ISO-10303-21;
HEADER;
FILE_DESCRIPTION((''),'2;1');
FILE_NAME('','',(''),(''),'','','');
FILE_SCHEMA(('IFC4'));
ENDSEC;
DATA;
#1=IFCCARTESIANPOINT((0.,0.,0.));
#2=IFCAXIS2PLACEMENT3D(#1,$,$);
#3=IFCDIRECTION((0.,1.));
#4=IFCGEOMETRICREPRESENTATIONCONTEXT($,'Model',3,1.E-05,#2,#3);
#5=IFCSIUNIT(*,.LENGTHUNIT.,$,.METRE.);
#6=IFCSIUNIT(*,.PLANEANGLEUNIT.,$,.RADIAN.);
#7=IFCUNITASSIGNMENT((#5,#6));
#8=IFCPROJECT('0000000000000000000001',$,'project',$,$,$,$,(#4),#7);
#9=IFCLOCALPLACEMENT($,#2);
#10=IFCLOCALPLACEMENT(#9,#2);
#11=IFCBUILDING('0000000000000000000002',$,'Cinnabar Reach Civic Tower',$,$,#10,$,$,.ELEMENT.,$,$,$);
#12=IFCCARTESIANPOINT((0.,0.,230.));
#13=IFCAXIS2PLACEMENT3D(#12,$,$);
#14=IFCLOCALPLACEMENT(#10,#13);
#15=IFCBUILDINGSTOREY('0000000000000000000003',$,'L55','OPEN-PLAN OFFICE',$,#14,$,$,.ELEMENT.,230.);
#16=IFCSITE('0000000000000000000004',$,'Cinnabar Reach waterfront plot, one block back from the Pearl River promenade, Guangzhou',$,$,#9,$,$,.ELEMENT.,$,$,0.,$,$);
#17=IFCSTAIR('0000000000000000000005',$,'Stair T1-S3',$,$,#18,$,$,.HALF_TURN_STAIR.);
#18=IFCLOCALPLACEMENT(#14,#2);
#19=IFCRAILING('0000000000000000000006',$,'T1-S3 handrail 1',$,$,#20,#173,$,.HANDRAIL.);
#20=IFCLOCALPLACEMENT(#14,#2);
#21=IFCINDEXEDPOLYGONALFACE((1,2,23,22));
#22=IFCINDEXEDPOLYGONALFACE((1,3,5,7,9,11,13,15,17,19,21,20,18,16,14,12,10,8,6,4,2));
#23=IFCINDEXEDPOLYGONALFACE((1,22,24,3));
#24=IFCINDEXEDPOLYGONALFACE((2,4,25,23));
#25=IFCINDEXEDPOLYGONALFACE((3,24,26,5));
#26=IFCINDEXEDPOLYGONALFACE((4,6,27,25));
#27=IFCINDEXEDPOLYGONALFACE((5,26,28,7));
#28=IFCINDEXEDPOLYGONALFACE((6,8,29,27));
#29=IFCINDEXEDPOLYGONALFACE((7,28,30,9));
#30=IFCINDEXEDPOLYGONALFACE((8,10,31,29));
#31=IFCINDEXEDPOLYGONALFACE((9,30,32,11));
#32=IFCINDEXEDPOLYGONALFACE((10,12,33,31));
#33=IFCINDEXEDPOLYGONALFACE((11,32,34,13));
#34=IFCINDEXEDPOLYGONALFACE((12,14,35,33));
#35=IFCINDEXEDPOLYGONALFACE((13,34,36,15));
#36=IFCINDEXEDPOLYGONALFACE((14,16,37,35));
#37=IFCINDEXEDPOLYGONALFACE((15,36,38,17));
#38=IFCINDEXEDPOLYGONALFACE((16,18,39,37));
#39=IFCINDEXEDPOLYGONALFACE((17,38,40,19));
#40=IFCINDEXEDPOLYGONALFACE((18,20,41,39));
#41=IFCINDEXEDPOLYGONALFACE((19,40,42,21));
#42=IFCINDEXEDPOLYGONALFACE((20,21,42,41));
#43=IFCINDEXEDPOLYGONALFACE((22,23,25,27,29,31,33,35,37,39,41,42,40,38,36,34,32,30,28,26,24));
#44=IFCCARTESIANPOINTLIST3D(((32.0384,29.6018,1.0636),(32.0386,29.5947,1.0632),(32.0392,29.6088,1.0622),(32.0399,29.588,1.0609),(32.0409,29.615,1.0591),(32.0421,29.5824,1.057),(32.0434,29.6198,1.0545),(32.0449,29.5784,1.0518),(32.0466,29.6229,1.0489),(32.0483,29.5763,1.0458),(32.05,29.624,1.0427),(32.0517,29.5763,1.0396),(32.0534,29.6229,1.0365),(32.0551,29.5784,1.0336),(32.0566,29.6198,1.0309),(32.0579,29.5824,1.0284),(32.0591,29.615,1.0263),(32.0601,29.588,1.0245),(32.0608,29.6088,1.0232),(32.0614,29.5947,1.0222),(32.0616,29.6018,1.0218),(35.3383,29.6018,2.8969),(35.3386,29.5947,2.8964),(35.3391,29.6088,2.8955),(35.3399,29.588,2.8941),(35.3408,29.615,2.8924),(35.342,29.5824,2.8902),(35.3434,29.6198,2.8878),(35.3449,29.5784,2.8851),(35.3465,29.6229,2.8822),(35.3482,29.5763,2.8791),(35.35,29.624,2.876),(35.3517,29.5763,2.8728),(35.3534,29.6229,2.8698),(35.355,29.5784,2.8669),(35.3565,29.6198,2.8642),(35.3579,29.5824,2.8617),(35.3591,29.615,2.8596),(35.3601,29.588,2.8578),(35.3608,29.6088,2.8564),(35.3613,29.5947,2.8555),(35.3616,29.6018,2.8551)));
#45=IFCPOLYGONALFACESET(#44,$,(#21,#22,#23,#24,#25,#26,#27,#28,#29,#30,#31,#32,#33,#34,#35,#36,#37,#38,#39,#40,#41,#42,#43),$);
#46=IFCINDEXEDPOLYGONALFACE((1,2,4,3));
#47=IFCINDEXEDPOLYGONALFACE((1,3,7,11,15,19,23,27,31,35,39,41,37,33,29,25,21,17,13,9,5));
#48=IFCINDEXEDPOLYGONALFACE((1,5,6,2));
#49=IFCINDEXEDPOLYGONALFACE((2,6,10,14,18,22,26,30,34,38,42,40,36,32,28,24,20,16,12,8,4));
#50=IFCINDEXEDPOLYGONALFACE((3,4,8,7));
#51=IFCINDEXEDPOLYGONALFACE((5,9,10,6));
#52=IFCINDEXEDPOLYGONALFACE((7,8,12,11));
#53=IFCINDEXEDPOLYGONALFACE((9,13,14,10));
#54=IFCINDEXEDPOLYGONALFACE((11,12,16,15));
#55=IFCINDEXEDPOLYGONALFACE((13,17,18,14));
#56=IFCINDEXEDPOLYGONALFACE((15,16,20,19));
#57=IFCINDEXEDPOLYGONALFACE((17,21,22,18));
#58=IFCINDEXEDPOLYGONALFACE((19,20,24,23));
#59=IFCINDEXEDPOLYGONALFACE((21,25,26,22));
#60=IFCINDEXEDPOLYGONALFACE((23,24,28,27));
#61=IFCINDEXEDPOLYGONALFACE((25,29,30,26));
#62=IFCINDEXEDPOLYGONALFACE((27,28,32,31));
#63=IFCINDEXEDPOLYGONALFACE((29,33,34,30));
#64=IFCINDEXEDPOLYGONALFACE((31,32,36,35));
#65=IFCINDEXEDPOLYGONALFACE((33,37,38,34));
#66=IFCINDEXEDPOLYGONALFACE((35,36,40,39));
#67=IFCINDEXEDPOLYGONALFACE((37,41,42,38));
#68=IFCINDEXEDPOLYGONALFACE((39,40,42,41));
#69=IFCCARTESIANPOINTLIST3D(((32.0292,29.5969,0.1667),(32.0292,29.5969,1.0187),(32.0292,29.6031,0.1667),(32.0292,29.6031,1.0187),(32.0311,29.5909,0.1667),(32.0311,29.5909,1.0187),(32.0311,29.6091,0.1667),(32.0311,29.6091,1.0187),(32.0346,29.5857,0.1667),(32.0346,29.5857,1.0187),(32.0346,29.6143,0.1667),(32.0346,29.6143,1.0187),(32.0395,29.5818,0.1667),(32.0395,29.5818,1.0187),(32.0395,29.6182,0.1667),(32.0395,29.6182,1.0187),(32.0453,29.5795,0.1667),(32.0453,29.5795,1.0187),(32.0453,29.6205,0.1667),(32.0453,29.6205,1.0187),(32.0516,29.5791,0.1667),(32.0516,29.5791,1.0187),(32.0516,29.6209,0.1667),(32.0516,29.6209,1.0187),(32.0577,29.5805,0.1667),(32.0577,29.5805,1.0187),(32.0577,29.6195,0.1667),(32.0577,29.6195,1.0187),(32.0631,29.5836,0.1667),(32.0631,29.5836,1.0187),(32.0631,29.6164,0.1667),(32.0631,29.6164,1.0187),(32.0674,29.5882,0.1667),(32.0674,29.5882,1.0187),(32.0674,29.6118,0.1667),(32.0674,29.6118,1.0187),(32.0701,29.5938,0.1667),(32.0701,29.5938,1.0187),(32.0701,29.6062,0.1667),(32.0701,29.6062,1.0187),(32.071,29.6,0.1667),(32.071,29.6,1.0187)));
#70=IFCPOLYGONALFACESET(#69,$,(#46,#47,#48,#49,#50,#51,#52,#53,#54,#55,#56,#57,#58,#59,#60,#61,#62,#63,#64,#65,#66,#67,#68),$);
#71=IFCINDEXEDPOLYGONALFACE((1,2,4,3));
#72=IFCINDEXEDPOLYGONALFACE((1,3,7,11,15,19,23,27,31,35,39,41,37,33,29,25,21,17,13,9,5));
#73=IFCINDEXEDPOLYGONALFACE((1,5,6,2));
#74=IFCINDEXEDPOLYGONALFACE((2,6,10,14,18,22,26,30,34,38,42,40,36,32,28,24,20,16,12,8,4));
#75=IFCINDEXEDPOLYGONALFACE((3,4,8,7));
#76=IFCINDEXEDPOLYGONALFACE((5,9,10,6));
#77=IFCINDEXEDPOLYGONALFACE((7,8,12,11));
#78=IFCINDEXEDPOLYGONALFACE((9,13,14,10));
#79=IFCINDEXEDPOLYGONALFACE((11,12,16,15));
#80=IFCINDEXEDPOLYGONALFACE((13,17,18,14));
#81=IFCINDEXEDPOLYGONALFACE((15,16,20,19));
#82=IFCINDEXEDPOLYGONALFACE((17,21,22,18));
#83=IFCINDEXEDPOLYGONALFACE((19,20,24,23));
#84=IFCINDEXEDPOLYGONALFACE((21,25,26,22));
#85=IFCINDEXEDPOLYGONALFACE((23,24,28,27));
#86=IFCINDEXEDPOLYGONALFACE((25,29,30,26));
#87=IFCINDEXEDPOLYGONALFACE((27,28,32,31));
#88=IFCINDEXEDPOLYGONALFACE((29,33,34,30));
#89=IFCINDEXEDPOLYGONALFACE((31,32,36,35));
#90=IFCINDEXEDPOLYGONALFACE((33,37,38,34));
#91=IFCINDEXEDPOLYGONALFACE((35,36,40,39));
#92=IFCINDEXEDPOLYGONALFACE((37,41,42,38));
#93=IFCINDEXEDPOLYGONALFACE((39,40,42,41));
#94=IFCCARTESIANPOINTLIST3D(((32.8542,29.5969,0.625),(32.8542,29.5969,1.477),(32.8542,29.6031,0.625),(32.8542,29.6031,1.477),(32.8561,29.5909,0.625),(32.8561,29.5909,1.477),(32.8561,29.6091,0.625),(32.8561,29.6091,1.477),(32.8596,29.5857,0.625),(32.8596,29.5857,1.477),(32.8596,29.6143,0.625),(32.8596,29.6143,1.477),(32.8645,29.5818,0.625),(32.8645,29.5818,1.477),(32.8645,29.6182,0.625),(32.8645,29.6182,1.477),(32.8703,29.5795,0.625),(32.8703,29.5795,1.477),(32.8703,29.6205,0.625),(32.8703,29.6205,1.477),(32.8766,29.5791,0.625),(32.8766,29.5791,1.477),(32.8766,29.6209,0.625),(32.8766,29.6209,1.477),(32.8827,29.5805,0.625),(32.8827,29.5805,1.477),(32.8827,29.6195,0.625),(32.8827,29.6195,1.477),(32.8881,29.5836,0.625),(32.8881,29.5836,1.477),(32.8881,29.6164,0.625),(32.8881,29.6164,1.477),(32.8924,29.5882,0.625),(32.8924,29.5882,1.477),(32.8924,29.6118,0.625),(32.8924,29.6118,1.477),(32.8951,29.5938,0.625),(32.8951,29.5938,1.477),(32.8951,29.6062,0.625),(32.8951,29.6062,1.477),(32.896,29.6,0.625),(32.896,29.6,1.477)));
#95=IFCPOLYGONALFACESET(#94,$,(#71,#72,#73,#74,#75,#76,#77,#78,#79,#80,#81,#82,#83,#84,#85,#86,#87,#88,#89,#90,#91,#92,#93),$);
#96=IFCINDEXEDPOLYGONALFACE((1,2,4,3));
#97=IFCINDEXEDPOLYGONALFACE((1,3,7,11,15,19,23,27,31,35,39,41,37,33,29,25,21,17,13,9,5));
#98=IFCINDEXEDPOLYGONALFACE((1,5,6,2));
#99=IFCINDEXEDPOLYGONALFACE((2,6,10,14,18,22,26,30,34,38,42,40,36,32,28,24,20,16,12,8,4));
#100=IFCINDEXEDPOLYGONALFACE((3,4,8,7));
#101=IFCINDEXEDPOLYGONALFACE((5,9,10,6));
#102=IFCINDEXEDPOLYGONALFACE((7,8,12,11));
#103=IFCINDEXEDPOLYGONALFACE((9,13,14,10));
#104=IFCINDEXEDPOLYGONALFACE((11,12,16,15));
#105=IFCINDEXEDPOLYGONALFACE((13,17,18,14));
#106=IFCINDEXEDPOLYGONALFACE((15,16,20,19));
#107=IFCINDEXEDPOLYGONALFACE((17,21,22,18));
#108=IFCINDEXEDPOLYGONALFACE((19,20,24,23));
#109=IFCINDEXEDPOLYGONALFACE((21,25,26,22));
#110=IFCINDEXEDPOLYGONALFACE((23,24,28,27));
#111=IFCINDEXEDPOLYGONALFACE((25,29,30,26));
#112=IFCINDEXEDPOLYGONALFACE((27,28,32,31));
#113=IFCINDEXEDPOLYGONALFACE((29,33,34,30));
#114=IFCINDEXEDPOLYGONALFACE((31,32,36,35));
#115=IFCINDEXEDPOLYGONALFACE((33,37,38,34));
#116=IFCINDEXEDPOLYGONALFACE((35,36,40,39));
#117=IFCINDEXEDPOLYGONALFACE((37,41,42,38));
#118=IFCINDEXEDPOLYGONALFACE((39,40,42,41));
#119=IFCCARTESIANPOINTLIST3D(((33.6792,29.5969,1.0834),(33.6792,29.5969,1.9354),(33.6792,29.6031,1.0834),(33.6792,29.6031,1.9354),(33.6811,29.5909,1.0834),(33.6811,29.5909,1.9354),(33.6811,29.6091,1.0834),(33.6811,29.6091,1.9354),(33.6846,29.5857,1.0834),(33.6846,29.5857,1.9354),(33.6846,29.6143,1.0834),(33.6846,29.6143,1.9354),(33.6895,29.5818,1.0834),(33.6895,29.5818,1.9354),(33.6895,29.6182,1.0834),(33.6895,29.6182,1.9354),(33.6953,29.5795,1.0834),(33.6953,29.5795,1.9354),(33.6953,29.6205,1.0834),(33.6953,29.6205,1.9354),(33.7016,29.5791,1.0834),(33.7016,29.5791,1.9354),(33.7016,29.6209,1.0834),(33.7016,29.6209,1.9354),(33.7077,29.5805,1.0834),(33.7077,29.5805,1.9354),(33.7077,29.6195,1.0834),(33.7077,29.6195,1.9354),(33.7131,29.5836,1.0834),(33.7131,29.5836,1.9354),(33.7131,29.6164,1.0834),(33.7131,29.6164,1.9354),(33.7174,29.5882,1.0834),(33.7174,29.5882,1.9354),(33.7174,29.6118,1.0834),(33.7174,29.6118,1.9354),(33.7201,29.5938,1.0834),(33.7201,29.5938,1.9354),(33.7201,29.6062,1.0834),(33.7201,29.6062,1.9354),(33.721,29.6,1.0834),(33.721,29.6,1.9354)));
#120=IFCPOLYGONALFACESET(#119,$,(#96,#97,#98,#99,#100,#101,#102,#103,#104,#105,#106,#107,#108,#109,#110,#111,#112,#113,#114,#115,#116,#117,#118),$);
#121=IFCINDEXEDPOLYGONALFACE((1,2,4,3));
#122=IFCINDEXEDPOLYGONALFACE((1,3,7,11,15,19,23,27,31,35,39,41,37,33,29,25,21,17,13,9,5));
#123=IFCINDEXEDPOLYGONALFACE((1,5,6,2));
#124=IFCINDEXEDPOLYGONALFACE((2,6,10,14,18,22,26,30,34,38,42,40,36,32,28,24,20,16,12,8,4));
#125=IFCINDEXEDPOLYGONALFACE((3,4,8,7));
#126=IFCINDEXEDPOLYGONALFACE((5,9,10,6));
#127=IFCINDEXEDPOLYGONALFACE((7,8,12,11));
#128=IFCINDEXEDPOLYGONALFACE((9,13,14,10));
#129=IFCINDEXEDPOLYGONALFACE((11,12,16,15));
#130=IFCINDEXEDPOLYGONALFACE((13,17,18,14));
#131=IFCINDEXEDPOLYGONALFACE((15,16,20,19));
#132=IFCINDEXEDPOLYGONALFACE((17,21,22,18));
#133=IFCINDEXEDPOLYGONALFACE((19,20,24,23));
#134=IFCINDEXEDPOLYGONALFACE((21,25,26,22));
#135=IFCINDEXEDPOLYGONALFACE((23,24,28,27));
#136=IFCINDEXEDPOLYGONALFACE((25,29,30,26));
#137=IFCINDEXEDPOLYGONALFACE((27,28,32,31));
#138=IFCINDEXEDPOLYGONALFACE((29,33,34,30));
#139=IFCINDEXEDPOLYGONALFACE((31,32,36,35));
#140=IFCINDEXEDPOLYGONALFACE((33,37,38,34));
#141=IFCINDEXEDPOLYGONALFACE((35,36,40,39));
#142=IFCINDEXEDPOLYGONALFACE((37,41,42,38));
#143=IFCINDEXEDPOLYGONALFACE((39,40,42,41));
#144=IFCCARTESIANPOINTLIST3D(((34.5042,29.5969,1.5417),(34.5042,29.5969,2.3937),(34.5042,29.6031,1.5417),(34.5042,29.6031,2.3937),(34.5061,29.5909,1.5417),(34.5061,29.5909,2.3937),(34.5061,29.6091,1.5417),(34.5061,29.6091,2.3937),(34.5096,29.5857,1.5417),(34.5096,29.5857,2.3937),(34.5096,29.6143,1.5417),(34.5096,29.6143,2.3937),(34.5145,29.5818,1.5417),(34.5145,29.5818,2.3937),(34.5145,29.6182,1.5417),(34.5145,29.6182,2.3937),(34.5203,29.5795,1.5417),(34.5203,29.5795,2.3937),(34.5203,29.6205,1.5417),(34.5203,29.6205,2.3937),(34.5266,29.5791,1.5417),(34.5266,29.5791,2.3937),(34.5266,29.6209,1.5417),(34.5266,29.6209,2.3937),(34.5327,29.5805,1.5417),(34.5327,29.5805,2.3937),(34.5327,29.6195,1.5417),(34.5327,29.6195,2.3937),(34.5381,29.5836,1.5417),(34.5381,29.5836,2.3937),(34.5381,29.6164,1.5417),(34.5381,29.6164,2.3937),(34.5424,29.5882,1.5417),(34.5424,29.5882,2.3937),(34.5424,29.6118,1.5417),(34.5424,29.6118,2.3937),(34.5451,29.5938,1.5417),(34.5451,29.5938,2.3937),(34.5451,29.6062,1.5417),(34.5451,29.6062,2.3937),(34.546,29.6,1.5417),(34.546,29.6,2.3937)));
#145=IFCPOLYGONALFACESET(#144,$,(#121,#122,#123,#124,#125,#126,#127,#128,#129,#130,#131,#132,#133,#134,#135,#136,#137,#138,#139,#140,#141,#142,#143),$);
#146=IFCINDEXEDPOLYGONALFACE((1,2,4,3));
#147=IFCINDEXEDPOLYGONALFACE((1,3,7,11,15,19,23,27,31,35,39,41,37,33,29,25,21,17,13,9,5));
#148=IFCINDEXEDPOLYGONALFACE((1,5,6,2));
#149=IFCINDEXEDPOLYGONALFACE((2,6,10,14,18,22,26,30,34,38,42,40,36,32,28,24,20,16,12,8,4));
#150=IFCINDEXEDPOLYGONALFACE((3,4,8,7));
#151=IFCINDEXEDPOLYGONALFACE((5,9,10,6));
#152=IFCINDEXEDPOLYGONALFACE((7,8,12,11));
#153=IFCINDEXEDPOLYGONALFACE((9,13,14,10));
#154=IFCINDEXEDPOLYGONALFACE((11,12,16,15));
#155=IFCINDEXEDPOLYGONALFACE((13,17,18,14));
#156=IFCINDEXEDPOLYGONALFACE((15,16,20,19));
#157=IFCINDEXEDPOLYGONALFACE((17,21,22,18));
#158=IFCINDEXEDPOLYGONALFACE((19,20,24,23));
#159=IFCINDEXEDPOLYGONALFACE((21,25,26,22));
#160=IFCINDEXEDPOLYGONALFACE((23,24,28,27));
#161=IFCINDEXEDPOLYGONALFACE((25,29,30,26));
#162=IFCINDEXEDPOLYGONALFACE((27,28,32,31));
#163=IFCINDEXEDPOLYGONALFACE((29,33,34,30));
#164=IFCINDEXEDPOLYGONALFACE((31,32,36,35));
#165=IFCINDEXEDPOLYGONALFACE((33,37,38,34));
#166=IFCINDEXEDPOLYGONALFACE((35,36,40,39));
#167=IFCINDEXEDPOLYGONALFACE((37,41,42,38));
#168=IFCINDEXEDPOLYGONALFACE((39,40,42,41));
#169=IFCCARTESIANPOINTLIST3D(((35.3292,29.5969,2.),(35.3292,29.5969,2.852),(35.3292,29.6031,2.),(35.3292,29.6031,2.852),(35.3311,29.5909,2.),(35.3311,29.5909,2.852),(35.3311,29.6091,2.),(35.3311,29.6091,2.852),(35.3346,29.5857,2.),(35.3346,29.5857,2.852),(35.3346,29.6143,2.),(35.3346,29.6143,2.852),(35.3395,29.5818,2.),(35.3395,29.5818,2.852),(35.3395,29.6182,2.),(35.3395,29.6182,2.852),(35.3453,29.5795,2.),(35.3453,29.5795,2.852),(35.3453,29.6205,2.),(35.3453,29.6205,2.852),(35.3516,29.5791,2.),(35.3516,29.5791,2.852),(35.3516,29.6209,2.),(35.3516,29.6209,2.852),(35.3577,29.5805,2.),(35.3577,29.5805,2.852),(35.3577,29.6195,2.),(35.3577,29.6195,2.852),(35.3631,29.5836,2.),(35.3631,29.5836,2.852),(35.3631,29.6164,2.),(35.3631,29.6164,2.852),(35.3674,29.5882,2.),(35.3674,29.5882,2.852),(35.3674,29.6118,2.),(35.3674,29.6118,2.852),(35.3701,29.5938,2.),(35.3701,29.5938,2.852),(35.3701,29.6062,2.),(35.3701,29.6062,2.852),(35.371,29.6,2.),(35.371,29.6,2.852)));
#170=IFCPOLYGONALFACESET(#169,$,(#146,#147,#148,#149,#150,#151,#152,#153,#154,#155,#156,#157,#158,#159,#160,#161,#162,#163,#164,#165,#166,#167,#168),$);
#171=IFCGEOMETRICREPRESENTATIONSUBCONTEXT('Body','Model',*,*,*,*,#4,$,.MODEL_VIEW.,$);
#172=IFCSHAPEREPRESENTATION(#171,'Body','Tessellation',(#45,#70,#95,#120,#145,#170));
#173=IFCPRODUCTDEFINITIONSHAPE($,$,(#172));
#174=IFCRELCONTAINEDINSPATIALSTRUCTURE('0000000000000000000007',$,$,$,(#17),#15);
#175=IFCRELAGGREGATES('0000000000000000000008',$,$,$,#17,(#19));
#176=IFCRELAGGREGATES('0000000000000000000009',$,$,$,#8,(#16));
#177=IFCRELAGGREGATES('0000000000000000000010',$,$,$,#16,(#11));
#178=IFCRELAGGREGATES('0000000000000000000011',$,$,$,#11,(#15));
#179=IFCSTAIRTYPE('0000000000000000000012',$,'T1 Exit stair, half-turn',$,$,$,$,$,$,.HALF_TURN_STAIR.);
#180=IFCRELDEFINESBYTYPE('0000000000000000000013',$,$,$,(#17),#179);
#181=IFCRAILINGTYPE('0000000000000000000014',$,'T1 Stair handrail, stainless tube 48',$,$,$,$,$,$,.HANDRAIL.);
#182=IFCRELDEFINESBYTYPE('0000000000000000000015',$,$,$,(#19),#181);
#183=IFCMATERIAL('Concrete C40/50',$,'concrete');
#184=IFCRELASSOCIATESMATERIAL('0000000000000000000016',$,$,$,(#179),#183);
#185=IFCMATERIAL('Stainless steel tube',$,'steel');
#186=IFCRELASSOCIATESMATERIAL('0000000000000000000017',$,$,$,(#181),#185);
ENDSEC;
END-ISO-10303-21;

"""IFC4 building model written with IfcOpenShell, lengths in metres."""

from ifc_helpers import new_model, si_unit, direction, frame, origin, origin_2d, place, context, subcontext, project, spatial, circle, extrude, material, type_object, element, aggregate, save


model = new_model("IFC4")

# Units and contexts
model_context = context("Model", 3, precision=1e-05, world=origin(), true_north=direction((0.0, 1.0)))
body_context = subcontext(model_context, "Body", "Model", "MODEL_VIEW")
ifc_project = project(units=[si_unit("LENGTHUNIT", "METRE"), si_unit("PLANEANGLEUNIT", "RADIAN")], contexts=[model_context])

# Site, building, storey
site_placement = place(None, origin())
site = spatial("IfcSite", under=ifc_project, at=site_placement, Name="Cinnabar Reach waterfront plot, one block back from the Pearl River promenade, Guangzhou", CompositionType="ELEMENT", RefElevation=0.0)
building_placement = place(site_placement, origin())
building = spatial("IfcBuilding", under=site, at=building_placement, Name="Cinnabar Reach Civic Tower", CompositionType="ELEMENT")
storey_placement = place(building_placement, frame((0.0, 0.0, 230.0)))
storey = spatial("IfcBuildingStorey", under=building, at=storey_placement, Name="L55", Description="OPEN-PLAN OFFICE", CompositionType="ELEMENT", Elevation=230.0)

# Stair, railing
ifc_material_1 = material(Name="Concrete C40/50", Category="concrete")
stair_type = type_object("IfcStairType", Name="T1 Exit stair, half-turn", PredefinedType="HALF_TURN_STAIR", material=ifc_material_1)
stair_placement = place(storey_placement, origin())
stair = element("IfcStair", 1, at=stair_placement, inside=storey, type_object=stair_type, Name="Stair T1-S3", PredefinedType="HALF_TURN_STAIR")
ifc_material_2 = material(Name="Stainless steel tube", Category="steel")
railing_type = type_object("IfcRailingType", Name="T1 Stair handrail, stainless tube 48", PredefinedType="HANDRAIL", material=ifc_material_2)
railing_1_placement = place(storey_placement, frame((32.05, 29.6, 0.1667)))
railing_1 = element("IfcRailing", 2, at=railing_1_placement, type_object=railing_type, Name="T1-S3 handrail 1", PredefinedType="HANDRAIL", context=body_context, shape_type="SweptSolid", body=[
    extrude(circle(Radius=0.024, at=origin_2d()), frame((0.0, 0.0, 0.876), z_axis=(0.874161, 0.0, 0.485636), x_axis=(0.0, 1.0, 0.0)), (0.0, 0.0, 1.0), 3.775),
    extrude(circle(Radius=0.021, at=origin_2d()), origin(), (0.0, 0.0, 1.0), 0.852),
    extrude(circle(Radius=0.021, at=origin_2d()), frame((0.825, 0.0, 0.4583)), (0.0, 0.0, 1.0), 0.852),
    extrude(circle(Radius=0.021, at=origin_2d()), frame((1.65, 0.0, 0.9167)), (0.0, 0.0, 1.0), 0.852),
    extrude(circle(Radius=0.021, at=origin_2d()), frame((2.475, 0.0, 1.375)), (0.0, 0.0, 1.0), 0.852),
    extrude(circle(Radius=0.021, at=origin_2d()), frame((3.3, 0.0, 1.8333)), (0.0, 0.0, 1.0), 0.852),
])
aggregate(stair, [railing_1])

save(model, "model.ifc")
